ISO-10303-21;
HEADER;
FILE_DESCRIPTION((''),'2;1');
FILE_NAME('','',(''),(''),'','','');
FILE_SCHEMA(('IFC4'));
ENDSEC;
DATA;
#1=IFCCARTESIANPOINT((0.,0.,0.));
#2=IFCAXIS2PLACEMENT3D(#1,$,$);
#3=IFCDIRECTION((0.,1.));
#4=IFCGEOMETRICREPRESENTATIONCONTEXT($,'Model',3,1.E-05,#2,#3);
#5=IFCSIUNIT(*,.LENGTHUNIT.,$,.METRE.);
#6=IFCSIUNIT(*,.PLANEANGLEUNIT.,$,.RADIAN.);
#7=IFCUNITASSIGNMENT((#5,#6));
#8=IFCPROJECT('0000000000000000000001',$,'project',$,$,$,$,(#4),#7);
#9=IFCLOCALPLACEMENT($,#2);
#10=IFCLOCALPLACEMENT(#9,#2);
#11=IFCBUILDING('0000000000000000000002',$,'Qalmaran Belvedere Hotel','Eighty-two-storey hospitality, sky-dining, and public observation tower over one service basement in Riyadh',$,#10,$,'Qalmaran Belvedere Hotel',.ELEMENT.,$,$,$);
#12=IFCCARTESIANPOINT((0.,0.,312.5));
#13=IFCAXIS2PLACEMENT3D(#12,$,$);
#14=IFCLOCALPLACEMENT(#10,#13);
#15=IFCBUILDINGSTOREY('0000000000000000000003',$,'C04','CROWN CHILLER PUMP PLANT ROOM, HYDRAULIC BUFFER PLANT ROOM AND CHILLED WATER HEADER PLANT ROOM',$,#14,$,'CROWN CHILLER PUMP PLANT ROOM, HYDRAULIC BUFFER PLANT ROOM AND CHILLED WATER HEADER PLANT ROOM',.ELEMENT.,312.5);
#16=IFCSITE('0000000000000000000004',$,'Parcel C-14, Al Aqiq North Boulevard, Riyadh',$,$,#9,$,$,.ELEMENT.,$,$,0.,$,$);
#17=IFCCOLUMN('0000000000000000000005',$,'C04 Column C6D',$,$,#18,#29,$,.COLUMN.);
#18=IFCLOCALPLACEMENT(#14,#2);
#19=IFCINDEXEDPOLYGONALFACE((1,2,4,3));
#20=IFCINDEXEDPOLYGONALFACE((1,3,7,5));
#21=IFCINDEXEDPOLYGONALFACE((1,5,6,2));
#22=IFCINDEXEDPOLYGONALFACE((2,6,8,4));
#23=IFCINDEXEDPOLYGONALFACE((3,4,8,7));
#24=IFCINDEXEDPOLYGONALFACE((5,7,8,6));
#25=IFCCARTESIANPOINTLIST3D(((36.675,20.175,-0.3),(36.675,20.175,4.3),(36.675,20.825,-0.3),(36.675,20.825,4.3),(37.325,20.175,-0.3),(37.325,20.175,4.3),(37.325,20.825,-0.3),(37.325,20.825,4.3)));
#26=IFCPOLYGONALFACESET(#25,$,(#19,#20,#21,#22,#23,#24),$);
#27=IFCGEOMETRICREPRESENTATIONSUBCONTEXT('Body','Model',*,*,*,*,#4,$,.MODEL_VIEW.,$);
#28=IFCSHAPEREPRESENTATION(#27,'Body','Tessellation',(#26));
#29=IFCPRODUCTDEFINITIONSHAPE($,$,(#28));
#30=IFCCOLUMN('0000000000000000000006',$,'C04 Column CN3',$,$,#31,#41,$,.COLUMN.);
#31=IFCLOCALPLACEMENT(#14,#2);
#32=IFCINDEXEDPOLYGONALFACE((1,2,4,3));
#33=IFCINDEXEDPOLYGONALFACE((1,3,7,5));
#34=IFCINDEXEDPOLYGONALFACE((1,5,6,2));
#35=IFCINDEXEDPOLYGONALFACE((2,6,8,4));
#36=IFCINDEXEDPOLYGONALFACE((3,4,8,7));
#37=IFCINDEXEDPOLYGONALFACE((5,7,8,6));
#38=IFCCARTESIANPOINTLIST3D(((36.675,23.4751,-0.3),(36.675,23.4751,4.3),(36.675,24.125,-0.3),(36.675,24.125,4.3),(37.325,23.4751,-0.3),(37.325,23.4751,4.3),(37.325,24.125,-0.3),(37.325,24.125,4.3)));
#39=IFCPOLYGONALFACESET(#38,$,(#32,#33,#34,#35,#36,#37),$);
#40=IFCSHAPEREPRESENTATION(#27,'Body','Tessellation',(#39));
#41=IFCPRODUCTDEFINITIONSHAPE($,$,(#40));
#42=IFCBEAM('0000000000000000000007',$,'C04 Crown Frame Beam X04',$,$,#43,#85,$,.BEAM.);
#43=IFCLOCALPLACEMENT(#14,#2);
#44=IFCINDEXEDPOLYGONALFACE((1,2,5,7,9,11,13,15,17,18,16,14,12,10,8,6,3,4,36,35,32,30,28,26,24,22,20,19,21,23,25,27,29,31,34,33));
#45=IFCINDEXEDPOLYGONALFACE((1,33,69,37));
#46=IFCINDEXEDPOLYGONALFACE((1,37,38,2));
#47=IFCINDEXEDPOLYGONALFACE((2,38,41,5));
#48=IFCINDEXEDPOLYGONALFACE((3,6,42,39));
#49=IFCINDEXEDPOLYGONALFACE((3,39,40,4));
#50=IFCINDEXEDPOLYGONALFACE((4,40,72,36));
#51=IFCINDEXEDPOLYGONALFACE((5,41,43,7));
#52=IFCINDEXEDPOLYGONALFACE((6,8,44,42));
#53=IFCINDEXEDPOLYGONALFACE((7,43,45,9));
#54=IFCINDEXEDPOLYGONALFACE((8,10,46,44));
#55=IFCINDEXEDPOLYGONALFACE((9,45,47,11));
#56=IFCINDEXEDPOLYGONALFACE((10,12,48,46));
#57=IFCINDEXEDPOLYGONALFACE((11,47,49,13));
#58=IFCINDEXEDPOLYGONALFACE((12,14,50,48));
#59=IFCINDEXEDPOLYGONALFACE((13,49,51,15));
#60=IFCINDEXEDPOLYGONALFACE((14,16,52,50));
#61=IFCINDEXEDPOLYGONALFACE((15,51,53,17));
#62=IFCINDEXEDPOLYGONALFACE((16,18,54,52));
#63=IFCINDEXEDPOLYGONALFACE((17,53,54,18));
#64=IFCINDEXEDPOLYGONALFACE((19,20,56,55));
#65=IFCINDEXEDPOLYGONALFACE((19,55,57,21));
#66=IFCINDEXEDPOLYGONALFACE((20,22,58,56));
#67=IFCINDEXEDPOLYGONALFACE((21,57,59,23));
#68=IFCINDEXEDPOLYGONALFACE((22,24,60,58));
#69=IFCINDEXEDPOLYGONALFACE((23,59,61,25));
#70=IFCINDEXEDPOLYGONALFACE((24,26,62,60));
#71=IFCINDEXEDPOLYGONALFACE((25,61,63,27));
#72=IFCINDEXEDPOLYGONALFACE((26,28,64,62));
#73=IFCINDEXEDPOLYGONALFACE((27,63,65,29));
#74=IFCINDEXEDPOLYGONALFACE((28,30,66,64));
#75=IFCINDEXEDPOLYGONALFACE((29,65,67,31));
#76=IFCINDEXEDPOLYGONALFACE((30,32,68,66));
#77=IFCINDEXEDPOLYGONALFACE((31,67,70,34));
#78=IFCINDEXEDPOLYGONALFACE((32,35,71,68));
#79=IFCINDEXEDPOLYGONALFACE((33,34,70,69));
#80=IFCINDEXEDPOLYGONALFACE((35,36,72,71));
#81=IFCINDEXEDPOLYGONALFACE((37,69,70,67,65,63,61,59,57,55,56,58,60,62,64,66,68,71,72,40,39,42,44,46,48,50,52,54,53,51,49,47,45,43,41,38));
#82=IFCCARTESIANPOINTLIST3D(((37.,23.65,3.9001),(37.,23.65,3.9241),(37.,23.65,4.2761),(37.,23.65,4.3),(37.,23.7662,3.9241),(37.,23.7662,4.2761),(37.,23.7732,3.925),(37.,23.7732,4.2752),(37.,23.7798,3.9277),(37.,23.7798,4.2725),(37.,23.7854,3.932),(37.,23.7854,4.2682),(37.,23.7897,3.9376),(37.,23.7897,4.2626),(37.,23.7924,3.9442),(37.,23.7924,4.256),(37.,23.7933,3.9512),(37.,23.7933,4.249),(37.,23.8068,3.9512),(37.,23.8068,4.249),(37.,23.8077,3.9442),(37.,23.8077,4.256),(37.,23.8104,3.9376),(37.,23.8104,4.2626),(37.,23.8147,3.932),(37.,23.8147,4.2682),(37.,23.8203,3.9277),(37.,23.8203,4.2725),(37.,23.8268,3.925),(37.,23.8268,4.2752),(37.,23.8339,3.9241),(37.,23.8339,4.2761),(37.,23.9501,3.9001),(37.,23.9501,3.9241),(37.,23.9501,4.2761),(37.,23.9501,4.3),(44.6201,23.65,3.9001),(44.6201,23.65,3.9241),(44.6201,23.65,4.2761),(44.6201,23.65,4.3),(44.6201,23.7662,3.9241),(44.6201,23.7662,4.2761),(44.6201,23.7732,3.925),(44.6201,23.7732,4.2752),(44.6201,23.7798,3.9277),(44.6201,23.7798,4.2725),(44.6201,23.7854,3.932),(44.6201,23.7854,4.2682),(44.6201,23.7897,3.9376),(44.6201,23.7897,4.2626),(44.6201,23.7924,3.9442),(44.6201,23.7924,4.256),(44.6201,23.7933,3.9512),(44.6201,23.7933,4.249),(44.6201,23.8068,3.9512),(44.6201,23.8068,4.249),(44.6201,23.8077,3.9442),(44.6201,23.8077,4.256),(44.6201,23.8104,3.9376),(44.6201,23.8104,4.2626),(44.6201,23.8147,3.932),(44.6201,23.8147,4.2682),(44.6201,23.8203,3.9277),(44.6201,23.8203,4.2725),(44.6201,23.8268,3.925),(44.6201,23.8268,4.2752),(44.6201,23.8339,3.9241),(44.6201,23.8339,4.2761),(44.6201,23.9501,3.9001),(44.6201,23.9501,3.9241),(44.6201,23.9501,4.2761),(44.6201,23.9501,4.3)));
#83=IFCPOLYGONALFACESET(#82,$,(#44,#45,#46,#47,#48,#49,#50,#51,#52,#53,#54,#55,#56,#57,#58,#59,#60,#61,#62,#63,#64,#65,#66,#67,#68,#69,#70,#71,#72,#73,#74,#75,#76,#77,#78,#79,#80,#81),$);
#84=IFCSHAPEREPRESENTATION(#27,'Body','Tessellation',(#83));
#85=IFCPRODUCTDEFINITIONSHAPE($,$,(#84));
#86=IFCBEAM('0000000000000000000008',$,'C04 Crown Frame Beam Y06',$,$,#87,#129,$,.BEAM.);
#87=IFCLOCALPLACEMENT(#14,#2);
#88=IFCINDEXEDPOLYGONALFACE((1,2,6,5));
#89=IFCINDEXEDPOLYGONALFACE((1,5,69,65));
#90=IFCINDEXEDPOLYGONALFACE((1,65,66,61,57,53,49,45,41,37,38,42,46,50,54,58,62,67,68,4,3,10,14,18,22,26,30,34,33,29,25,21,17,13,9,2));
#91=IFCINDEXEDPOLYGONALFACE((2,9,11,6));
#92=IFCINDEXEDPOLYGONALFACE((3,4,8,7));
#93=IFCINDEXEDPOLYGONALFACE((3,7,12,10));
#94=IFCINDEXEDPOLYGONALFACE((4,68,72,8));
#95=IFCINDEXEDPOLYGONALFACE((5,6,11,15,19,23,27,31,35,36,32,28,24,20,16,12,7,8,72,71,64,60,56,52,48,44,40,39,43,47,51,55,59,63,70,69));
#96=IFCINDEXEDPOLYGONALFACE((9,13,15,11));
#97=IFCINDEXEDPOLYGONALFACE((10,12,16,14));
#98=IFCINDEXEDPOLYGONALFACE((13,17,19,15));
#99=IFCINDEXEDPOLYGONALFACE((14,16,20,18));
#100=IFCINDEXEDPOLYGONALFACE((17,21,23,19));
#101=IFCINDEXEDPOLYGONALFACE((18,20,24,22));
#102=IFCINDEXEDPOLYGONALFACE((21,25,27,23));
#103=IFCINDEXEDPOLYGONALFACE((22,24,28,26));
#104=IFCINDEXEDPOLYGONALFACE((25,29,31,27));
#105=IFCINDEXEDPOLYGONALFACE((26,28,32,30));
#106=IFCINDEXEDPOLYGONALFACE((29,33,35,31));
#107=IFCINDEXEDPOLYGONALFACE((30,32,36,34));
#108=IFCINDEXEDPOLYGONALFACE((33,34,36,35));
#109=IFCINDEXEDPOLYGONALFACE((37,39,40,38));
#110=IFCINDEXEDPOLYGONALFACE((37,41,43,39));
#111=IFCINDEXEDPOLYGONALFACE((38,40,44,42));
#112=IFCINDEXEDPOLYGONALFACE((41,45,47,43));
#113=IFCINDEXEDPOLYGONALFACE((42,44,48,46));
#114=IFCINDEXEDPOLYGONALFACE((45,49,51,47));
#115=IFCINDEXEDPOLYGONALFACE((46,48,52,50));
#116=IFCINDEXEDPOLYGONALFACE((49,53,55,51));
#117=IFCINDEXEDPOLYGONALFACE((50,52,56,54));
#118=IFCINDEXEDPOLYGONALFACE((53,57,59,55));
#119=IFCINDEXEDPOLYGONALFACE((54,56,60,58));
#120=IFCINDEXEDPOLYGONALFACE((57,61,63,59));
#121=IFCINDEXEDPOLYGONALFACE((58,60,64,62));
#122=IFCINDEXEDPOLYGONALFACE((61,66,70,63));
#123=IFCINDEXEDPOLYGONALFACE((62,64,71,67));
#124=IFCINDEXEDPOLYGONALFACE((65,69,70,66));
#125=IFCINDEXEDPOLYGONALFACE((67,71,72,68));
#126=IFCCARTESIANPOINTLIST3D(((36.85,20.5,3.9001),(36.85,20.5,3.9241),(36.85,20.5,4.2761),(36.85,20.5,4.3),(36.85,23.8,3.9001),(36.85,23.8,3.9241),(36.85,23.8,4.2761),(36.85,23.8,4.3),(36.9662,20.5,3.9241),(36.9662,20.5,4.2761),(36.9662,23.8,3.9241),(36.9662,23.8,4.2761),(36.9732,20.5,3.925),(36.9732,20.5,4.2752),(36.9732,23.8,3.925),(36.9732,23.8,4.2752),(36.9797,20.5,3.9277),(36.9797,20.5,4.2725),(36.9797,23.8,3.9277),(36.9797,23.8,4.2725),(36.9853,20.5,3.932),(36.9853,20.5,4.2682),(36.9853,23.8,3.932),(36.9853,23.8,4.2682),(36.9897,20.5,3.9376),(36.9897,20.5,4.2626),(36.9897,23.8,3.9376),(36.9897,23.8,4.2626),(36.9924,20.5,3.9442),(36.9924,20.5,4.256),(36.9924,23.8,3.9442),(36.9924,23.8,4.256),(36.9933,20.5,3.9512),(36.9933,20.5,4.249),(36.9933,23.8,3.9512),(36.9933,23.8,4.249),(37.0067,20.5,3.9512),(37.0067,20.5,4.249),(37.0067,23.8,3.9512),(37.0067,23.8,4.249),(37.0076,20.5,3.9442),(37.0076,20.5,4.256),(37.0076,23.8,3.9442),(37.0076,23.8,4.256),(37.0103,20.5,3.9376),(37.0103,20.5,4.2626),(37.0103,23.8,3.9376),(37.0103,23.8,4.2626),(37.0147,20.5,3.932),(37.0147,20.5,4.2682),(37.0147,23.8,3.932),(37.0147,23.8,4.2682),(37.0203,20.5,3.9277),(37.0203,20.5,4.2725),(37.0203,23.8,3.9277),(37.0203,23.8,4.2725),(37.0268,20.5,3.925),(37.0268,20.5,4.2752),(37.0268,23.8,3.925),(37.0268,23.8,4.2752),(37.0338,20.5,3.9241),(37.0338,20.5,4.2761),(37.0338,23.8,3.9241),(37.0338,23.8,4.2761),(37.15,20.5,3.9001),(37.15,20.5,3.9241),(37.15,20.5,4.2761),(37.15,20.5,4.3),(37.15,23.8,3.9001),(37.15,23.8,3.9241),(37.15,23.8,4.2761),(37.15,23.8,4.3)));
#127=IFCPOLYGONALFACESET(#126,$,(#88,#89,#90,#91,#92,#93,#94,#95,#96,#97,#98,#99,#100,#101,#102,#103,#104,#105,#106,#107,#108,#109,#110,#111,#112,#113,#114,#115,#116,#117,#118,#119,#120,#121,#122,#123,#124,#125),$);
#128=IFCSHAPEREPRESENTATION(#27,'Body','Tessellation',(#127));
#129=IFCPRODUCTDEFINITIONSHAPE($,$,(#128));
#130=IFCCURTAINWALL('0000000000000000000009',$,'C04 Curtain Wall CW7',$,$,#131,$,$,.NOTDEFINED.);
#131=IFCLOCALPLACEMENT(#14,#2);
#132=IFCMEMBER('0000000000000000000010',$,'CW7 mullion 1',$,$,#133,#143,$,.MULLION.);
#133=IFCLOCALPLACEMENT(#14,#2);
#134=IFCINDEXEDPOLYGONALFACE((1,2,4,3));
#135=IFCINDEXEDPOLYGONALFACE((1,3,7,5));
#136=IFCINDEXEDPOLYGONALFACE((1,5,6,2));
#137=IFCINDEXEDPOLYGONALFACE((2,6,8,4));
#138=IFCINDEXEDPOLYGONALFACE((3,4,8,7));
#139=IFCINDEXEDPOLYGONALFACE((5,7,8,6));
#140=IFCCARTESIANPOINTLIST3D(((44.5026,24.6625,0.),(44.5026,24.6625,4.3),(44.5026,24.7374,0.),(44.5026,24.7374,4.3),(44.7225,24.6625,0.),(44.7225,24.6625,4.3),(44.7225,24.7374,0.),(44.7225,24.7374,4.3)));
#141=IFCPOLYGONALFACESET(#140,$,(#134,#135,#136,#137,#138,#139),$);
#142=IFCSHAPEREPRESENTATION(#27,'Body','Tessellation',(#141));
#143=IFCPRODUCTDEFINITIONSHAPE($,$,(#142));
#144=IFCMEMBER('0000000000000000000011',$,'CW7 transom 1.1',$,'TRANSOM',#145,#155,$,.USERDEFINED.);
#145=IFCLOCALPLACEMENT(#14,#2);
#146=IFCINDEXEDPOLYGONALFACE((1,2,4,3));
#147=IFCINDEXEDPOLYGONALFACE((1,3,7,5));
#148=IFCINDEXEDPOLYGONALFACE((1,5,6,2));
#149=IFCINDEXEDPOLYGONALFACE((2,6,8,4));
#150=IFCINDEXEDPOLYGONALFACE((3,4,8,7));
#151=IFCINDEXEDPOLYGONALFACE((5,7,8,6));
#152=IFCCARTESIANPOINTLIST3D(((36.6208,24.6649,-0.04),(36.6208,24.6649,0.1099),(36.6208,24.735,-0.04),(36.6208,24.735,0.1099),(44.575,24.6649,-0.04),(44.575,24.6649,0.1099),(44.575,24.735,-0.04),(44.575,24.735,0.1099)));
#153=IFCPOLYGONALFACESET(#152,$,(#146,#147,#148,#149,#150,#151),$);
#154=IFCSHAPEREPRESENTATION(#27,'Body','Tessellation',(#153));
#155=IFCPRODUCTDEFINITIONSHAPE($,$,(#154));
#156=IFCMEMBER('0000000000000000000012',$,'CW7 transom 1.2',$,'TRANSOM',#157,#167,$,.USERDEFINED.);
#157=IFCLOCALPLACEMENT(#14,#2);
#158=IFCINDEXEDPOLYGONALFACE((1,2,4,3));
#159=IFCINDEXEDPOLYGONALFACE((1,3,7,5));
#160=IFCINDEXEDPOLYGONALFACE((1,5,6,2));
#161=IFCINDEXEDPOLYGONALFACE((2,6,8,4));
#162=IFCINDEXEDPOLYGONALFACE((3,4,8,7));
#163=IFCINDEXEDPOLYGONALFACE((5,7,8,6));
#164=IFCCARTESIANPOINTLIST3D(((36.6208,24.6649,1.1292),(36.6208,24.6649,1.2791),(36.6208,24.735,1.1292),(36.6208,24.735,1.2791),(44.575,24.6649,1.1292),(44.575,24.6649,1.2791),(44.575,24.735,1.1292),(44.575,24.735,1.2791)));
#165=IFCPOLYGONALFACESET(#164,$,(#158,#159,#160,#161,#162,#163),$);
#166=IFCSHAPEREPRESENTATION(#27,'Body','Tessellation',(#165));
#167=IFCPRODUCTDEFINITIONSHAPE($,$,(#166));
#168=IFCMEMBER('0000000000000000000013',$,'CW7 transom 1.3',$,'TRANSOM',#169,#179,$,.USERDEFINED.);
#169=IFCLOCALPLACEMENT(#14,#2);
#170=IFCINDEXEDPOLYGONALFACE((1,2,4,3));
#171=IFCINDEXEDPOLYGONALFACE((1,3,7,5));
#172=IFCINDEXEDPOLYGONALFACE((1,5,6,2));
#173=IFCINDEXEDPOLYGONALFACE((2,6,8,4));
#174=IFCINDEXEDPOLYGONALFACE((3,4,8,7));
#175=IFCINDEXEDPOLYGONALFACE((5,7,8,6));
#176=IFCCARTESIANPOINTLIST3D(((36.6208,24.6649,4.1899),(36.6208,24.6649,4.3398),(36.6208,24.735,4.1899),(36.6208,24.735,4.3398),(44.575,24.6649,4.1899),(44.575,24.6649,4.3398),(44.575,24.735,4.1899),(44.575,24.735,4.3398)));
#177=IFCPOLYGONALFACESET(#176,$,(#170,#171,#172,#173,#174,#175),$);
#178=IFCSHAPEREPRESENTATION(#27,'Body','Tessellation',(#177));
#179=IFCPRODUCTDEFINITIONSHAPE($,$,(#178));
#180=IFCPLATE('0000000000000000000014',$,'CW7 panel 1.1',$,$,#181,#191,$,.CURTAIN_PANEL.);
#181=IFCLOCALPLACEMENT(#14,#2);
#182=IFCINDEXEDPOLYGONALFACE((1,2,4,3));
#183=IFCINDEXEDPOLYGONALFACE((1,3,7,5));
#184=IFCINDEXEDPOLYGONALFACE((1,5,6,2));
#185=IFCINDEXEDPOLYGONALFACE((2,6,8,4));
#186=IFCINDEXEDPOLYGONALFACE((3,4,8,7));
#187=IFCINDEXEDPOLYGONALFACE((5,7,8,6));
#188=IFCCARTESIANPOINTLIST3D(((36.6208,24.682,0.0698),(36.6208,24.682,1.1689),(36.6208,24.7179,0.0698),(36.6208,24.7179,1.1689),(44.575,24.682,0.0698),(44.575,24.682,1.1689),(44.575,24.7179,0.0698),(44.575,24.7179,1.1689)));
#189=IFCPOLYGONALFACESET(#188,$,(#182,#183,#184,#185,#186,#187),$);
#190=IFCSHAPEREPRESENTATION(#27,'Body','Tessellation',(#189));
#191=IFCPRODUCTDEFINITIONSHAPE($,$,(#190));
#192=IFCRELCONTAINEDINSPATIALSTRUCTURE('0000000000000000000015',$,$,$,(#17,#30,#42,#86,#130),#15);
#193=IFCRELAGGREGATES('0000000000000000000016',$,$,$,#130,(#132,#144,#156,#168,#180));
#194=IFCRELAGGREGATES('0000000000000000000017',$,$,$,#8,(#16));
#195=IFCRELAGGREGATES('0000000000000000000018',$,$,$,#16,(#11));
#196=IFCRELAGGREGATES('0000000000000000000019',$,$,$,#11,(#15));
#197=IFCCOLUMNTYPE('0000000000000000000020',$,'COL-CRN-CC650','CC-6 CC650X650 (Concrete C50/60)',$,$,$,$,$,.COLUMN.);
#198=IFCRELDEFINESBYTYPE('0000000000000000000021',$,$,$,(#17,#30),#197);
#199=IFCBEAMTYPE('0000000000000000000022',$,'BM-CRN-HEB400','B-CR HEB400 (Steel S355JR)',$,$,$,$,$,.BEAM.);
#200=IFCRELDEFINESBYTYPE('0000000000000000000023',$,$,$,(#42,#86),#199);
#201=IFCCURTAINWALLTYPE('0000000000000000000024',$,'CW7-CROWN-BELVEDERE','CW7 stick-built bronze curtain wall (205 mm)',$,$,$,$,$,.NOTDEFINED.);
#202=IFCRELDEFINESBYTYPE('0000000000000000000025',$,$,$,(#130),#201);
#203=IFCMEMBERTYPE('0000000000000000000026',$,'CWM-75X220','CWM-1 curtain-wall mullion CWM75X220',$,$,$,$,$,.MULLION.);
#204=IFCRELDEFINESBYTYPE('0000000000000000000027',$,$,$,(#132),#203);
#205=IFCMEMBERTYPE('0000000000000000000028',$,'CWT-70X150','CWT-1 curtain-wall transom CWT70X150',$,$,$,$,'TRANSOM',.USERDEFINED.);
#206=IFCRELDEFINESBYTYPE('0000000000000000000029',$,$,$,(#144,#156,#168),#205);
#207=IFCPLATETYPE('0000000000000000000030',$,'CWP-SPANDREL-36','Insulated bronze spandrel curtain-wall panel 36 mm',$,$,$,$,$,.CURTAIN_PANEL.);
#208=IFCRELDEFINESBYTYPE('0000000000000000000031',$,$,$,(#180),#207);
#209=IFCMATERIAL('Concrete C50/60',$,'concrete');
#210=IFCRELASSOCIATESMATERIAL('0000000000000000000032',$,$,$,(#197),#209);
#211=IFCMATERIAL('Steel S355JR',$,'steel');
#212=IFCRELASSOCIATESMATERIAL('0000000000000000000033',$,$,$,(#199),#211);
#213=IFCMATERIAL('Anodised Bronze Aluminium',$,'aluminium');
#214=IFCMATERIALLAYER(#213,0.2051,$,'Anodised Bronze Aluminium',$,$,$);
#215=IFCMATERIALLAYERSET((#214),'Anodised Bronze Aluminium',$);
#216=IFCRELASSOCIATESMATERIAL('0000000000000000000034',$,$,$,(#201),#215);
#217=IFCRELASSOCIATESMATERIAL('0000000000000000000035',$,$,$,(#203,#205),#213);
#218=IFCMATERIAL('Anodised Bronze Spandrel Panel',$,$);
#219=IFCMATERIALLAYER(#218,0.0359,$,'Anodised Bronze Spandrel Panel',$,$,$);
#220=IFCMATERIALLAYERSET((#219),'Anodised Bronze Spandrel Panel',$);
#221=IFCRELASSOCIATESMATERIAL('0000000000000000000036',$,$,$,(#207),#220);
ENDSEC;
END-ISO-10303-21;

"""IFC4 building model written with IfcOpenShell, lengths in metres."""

from ifc_helpers import new_model, si_unit, direction, frame, origin, origin_2d, place, context, subcontext, project, spatial, rectangle, i_section, extrude, material, layer, layer_set, material_profile, profile_set, type_object, element, aggregate, save


model = new_model("IFC4")

# Units and contexts
model_context = context("Model", 3, precision=1e-05, world=origin(), true_north=direction((0.0, 1.0)))
body_context = subcontext(model_context, "Body", "Model", "MODEL_VIEW")
ifc_project = project(units=[si_unit("LENGTHUNIT", "METRE"), si_unit("PLANEANGLEUNIT", "RADIAN")], contexts=[model_context])

# Site, building, storey
site_placement = place(None, origin())
site = spatial("IfcSite", under=ifc_project, at=site_placement, Name="Parcel C-14, Al Aqiq North Boulevard, Riyadh", CompositionType="ELEMENT", RefElevation=0.0)
building_placement = place(site_placement, origin())
building = spatial("IfcBuilding", under=site, at=building_placement, Name="Qalmaran Belvedere Hotel", Description="Eighty-two-storey hospitality, sky-dining, and public observation tower over one service basement in Riyadh", LongName="Qalmaran Belvedere Hotel", CompositionType="ELEMENT")
storey_placement = place(building_placement, frame((0.0, 0.0, 312.5)))
storey = spatial("IfcBuildingStorey", under=building, at=storey_placement, Name="C04", Description="CROWN CHILLER PUMP PLANT ROOM, HYDRAULIC BUFFER PLANT ROOM AND CHILLED WATER HEADER PLANT ROOM", LongName="CROWN CHILLER PUMP PLANT ROOM, HYDRAULIC BUFFER PLANT ROOM AND CHILLED WATER HEADER PLANT ROOM", CompositionType="ELEMENT", Elevation=312.5)

# Columns
ifc_material_1 = material(Name="Concrete C50/60", Category="concrete")
ifc_material_profile_1 = material_profile(ifc_material_1, rectangle(XDim=0.6499, YDim=0.6499, at=origin_2d()), Name="CC650X650")
ifc_profile_set_1 = profile_set([ifc_material_profile_1], Name="Concrete C50/60")
column_type = type_object("IfcColumnType", Name="COL-CRN-CC650", Description="CC-6 CC650X650 (Concrete C50/60)", PredefinedType="COLUMN", material=ifc_profile_set_1)
for number, where, z_axis, x_axis, name in (
    (1, (37.0, 20.5, -0.3), (0.0, 0.0, 1.0), (1.0, 0.0, 0.0), "C04 Column C6D"),
    (2, (37.0, 23.8, -0.3), (0.0, 0.0, 1.0), (1.0, 0.0, 0.0), "C04 Column CN3"),
):
    element("IfcColumn", number, at=place(storey_placement, frame(where, z_axis=z_axis, x_axis=x_axis)), inside=storey, type_object=column_type, Name=name, PredefinedType="COLUMN", context=body_context, shape_type="SweptSolid", body=[
        extrude(rectangle(XDim=0.6499, YDim=0.6499, at=origin_2d()), origin(), (0.0, 0.0, 1.0), 4.6001),
    ])

# Beams
ifc_material_2 = material(Name="Steel S355JR", Category="steel")
ifc_material_profile_2 = material_profile(ifc_material_2, i_section(OverallWidth=0.3, OverallDepth=0.3999, WebThickness=0.0134, FlangeThickness=0.0239, FilletRadius=0.0271, at=origin_2d()), Name="HEB400")
ifc_profile_set_2 = profile_set([ifc_material_profile_2], Name="Steel S355JR")
beam_type = type_object("IfcBeamType", Name="BM-CRN-HEB400", Description="B-CR HEB400 (Steel S355JR)", PredefinedType="BEAM", material=ifc_profile_set_2)
beam_1_placement = place(storey_placement, frame((37.0, 23.8, 4.1001), z_axis=(1.0, 0.0, 0.0), x_axis=(0.0, 1.0, 0.0)))
element("IfcBeam", 3, at=beam_1_placement, inside=storey, type_object=beam_type, Name="C04 Crown Frame Beam X04", PredefinedType="BEAM", context=body_context, shape_type="SweptSolid", body=[
    extrude(i_section(OverallWidth=0.3, OverallDepth=0.3999, WebThickness=0.0134, FlangeThickness=0.0239, FilletRadius=0.0271, at=origin_2d()), origin(), (0.0, 0.0, 1.0), 7.6201),
])
beam_2_placement = place(storey_placement, frame((37.0, 20.5, 4.1001), z_axis=(0.0, 1.0, 0.0), x_axis=(-1.0, 0.0, 0.0)))
element("IfcBeam", 4, at=beam_2_placement, inside=storey, type_object=beam_type, Name="C04 Crown Frame Beam Y06", PredefinedType="BEAM", context=body_context, shape_type="SweptSolid", body=[
    extrude(i_section(OverallWidth=0.3, OverallDepth=0.3999, WebThickness=0.0134, FlangeThickness=0.0239, FilletRadius=0.0271, at=origin_2d()), origin(), (0.0, 0.0, 1.0), 3.3),
])

# Curtain wall, members, plate
ifc_material_3 = material(Name="Anodised Bronze Aluminium", Category="aluminium")
ifc_layer_1 = layer(ifc_material_3, 0.2051, Name="Anodised Bronze Aluminium")
ifc_layer_set_1 = layer_set([ifc_layer_1], Name="Anodised Bronze Aluminium")
curtain_wall_type = type_object("IfcCurtainWallType", Name="CW7-CROWN-BELVEDERE", Description="CW7 stick-built bronze curtain wall (205 mm)", PredefinedType="NOTDEFINED", material=ifc_layer_set_1)
curtain_wall_placement = place(storey_placement, origin())
curtain_wall = element("IfcCurtainWall", 5, at=curtain_wall_placement, inside=storey, type_object=curtain_wall_type, Name="C04 Curtain Wall CW7", PredefinedType="NOTDEFINED")
ifc_material_profile_3 = material_profile(ifc_material_3, rectangle(XDim=0.075, YDim=0.22, at=origin_2d()), Name="CWM75X220")
ifc_profile_set_3 = profile_set([ifc_material_profile_3], Name="Anodised Bronze Aluminium")
member_type_1 = type_object("IfcMemberType", Name="CWM-75X220", Description="CWM-1 curtain-wall mullion CWM75X220", PredefinedType="MULLION", material=ifc_profile_set_3)
member_1_placement = place(storey_placement, frame((44.6125, 24.7, 0.0), z_axis=(0.0, 0.0, 1.0), x_axis=(0.0, -1.0, 0.0)))
member_1 = element("IfcMember", 6, at=member_1_placement, type_object=member_type_1, Name="CW7 mullion 1", PredefinedType="MULLION", context=body_context, shape_type="SweptSolid", body=[
    extrude(rectangle(XDim=0.075, YDim=0.22, at=origin_2d()), origin(), (0.0, 0.0, 1.0), 4.3),
])
ifc_material_profile_4 = material_profile(ifc_material_3, rectangle(XDim=0.0701, YDim=0.1499, at=origin_2d()), Name="CWT70X150")
ifc_profile_set_4 = profile_set([ifc_material_profile_4], Name="Anodised Bronze Aluminium")
member_type_2 = type_object("IfcMemberType", Name="CWT-70X150", Description="CWT-1 curtain-wall transom CWT70X150", ElementType="TRANSOM", PredefinedType="USERDEFINED", material=ifc_profile_set_4)
member_2_placement = place(storey_placement, frame((44.575, 24.7, 0.0349), z_axis=(-1.0, 0.0, 0.0), x_axis=(0.0, -1.0, 0.0)))
member_2 = element("IfcMember", 7, at=member_2_placement, type_object=member_type_2, Name="CW7 transom 1.1", ObjectType="TRANSOM", PredefinedType="USERDEFINED", context=body_context, shape_type="SweptSolid", body=[
    extrude(rectangle(XDim=0.0701, YDim=0.1499, at=origin_2d()), origin(), (0.0, 0.0, 1.0), 7.9541),
])
member_3_placement = place(storey_placement, frame((44.575, 24.7, 1.2041), z_axis=(-1.0, 0.0, 0.0), x_axis=(0.0, -1.0, 0.0)))
member_3 = element("IfcMember", 8, at=member_3_placement, type_object=member_type_2, Name="CW7 transom 1.2", ObjectType="TRANSOM", PredefinedType="USERDEFINED", context=body_context, shape_type="SweptSolid", body=[
    extrude(rectangle(XDim=0.0701, YDim=0.1499, at=origin_2d()), origin(), (0.0, 0.0, 1.0), 7.9541),
])
member_4_placement = place(storey_placement, frame((44.575, 24.7, 4.2649), z_axis=(-1.0, 0.0, 0.0), x_axis=(0.0, -1.0, 0.0)))
member_4 = element("IfcMember", 9, at=member_4_placement, type_object=member_type_2, Name="CW7 transom 1.3", ObjectType="TRANSOM", PredefinedType="USERDEFINED", context=body_context, shape_type="SweptSolid", body=[
    extrude(rectangle(XDim=0.0701, YDim=0.1499, at=origin_2d()), origin(), (0.0, 0.0, 1.0), 7.9541),
])
ifc_material_4 = material(Name="Anodised Bronze Spandrel Panel")
ifc_layer_2 = layer(ifc_material_4, 0.0359, Name="Anodised Bronze Spandrel Panel")
ifc_layer_set_2 = layer_set([ifc_layer_2], Name="Anodised Bronze Spandrel Panel")
plate_type_1 = type_object("IfcPlateType", Name="CWP-SPANDREL-36", Description="Insulated bronze spandrel curtain-wall panel 36 mm", PredefinedType="CURTAIN_PANEL", material=ifc_layer_set_2)
plate_1_placement = place(storey_placement, frame((40.5979, 24.7, 0.0698), z_axis=(0.0, 0.0, 1.0), x_axis=(-1.0, 0.0, 0.0)))
plate_1 = element("IfcPlate", 10, at=plate_1_placement, type_object=plate_type_1, Name="CW7 panel 1.1", PredefinedType="CURTAIN_PANEL", context=body_context, shape_type="SweptSolid", body=[
    extrude(rectangle(XDim=7.9541, YDim=0.0359, at=origin_2d()), origin(), (0.0, 0.0, 1.0), 1.0991),
])
aggregate(curtain_wall, [member_1, member_2, member_3, member_4, plate_1])

save(model, "model.ifc")
